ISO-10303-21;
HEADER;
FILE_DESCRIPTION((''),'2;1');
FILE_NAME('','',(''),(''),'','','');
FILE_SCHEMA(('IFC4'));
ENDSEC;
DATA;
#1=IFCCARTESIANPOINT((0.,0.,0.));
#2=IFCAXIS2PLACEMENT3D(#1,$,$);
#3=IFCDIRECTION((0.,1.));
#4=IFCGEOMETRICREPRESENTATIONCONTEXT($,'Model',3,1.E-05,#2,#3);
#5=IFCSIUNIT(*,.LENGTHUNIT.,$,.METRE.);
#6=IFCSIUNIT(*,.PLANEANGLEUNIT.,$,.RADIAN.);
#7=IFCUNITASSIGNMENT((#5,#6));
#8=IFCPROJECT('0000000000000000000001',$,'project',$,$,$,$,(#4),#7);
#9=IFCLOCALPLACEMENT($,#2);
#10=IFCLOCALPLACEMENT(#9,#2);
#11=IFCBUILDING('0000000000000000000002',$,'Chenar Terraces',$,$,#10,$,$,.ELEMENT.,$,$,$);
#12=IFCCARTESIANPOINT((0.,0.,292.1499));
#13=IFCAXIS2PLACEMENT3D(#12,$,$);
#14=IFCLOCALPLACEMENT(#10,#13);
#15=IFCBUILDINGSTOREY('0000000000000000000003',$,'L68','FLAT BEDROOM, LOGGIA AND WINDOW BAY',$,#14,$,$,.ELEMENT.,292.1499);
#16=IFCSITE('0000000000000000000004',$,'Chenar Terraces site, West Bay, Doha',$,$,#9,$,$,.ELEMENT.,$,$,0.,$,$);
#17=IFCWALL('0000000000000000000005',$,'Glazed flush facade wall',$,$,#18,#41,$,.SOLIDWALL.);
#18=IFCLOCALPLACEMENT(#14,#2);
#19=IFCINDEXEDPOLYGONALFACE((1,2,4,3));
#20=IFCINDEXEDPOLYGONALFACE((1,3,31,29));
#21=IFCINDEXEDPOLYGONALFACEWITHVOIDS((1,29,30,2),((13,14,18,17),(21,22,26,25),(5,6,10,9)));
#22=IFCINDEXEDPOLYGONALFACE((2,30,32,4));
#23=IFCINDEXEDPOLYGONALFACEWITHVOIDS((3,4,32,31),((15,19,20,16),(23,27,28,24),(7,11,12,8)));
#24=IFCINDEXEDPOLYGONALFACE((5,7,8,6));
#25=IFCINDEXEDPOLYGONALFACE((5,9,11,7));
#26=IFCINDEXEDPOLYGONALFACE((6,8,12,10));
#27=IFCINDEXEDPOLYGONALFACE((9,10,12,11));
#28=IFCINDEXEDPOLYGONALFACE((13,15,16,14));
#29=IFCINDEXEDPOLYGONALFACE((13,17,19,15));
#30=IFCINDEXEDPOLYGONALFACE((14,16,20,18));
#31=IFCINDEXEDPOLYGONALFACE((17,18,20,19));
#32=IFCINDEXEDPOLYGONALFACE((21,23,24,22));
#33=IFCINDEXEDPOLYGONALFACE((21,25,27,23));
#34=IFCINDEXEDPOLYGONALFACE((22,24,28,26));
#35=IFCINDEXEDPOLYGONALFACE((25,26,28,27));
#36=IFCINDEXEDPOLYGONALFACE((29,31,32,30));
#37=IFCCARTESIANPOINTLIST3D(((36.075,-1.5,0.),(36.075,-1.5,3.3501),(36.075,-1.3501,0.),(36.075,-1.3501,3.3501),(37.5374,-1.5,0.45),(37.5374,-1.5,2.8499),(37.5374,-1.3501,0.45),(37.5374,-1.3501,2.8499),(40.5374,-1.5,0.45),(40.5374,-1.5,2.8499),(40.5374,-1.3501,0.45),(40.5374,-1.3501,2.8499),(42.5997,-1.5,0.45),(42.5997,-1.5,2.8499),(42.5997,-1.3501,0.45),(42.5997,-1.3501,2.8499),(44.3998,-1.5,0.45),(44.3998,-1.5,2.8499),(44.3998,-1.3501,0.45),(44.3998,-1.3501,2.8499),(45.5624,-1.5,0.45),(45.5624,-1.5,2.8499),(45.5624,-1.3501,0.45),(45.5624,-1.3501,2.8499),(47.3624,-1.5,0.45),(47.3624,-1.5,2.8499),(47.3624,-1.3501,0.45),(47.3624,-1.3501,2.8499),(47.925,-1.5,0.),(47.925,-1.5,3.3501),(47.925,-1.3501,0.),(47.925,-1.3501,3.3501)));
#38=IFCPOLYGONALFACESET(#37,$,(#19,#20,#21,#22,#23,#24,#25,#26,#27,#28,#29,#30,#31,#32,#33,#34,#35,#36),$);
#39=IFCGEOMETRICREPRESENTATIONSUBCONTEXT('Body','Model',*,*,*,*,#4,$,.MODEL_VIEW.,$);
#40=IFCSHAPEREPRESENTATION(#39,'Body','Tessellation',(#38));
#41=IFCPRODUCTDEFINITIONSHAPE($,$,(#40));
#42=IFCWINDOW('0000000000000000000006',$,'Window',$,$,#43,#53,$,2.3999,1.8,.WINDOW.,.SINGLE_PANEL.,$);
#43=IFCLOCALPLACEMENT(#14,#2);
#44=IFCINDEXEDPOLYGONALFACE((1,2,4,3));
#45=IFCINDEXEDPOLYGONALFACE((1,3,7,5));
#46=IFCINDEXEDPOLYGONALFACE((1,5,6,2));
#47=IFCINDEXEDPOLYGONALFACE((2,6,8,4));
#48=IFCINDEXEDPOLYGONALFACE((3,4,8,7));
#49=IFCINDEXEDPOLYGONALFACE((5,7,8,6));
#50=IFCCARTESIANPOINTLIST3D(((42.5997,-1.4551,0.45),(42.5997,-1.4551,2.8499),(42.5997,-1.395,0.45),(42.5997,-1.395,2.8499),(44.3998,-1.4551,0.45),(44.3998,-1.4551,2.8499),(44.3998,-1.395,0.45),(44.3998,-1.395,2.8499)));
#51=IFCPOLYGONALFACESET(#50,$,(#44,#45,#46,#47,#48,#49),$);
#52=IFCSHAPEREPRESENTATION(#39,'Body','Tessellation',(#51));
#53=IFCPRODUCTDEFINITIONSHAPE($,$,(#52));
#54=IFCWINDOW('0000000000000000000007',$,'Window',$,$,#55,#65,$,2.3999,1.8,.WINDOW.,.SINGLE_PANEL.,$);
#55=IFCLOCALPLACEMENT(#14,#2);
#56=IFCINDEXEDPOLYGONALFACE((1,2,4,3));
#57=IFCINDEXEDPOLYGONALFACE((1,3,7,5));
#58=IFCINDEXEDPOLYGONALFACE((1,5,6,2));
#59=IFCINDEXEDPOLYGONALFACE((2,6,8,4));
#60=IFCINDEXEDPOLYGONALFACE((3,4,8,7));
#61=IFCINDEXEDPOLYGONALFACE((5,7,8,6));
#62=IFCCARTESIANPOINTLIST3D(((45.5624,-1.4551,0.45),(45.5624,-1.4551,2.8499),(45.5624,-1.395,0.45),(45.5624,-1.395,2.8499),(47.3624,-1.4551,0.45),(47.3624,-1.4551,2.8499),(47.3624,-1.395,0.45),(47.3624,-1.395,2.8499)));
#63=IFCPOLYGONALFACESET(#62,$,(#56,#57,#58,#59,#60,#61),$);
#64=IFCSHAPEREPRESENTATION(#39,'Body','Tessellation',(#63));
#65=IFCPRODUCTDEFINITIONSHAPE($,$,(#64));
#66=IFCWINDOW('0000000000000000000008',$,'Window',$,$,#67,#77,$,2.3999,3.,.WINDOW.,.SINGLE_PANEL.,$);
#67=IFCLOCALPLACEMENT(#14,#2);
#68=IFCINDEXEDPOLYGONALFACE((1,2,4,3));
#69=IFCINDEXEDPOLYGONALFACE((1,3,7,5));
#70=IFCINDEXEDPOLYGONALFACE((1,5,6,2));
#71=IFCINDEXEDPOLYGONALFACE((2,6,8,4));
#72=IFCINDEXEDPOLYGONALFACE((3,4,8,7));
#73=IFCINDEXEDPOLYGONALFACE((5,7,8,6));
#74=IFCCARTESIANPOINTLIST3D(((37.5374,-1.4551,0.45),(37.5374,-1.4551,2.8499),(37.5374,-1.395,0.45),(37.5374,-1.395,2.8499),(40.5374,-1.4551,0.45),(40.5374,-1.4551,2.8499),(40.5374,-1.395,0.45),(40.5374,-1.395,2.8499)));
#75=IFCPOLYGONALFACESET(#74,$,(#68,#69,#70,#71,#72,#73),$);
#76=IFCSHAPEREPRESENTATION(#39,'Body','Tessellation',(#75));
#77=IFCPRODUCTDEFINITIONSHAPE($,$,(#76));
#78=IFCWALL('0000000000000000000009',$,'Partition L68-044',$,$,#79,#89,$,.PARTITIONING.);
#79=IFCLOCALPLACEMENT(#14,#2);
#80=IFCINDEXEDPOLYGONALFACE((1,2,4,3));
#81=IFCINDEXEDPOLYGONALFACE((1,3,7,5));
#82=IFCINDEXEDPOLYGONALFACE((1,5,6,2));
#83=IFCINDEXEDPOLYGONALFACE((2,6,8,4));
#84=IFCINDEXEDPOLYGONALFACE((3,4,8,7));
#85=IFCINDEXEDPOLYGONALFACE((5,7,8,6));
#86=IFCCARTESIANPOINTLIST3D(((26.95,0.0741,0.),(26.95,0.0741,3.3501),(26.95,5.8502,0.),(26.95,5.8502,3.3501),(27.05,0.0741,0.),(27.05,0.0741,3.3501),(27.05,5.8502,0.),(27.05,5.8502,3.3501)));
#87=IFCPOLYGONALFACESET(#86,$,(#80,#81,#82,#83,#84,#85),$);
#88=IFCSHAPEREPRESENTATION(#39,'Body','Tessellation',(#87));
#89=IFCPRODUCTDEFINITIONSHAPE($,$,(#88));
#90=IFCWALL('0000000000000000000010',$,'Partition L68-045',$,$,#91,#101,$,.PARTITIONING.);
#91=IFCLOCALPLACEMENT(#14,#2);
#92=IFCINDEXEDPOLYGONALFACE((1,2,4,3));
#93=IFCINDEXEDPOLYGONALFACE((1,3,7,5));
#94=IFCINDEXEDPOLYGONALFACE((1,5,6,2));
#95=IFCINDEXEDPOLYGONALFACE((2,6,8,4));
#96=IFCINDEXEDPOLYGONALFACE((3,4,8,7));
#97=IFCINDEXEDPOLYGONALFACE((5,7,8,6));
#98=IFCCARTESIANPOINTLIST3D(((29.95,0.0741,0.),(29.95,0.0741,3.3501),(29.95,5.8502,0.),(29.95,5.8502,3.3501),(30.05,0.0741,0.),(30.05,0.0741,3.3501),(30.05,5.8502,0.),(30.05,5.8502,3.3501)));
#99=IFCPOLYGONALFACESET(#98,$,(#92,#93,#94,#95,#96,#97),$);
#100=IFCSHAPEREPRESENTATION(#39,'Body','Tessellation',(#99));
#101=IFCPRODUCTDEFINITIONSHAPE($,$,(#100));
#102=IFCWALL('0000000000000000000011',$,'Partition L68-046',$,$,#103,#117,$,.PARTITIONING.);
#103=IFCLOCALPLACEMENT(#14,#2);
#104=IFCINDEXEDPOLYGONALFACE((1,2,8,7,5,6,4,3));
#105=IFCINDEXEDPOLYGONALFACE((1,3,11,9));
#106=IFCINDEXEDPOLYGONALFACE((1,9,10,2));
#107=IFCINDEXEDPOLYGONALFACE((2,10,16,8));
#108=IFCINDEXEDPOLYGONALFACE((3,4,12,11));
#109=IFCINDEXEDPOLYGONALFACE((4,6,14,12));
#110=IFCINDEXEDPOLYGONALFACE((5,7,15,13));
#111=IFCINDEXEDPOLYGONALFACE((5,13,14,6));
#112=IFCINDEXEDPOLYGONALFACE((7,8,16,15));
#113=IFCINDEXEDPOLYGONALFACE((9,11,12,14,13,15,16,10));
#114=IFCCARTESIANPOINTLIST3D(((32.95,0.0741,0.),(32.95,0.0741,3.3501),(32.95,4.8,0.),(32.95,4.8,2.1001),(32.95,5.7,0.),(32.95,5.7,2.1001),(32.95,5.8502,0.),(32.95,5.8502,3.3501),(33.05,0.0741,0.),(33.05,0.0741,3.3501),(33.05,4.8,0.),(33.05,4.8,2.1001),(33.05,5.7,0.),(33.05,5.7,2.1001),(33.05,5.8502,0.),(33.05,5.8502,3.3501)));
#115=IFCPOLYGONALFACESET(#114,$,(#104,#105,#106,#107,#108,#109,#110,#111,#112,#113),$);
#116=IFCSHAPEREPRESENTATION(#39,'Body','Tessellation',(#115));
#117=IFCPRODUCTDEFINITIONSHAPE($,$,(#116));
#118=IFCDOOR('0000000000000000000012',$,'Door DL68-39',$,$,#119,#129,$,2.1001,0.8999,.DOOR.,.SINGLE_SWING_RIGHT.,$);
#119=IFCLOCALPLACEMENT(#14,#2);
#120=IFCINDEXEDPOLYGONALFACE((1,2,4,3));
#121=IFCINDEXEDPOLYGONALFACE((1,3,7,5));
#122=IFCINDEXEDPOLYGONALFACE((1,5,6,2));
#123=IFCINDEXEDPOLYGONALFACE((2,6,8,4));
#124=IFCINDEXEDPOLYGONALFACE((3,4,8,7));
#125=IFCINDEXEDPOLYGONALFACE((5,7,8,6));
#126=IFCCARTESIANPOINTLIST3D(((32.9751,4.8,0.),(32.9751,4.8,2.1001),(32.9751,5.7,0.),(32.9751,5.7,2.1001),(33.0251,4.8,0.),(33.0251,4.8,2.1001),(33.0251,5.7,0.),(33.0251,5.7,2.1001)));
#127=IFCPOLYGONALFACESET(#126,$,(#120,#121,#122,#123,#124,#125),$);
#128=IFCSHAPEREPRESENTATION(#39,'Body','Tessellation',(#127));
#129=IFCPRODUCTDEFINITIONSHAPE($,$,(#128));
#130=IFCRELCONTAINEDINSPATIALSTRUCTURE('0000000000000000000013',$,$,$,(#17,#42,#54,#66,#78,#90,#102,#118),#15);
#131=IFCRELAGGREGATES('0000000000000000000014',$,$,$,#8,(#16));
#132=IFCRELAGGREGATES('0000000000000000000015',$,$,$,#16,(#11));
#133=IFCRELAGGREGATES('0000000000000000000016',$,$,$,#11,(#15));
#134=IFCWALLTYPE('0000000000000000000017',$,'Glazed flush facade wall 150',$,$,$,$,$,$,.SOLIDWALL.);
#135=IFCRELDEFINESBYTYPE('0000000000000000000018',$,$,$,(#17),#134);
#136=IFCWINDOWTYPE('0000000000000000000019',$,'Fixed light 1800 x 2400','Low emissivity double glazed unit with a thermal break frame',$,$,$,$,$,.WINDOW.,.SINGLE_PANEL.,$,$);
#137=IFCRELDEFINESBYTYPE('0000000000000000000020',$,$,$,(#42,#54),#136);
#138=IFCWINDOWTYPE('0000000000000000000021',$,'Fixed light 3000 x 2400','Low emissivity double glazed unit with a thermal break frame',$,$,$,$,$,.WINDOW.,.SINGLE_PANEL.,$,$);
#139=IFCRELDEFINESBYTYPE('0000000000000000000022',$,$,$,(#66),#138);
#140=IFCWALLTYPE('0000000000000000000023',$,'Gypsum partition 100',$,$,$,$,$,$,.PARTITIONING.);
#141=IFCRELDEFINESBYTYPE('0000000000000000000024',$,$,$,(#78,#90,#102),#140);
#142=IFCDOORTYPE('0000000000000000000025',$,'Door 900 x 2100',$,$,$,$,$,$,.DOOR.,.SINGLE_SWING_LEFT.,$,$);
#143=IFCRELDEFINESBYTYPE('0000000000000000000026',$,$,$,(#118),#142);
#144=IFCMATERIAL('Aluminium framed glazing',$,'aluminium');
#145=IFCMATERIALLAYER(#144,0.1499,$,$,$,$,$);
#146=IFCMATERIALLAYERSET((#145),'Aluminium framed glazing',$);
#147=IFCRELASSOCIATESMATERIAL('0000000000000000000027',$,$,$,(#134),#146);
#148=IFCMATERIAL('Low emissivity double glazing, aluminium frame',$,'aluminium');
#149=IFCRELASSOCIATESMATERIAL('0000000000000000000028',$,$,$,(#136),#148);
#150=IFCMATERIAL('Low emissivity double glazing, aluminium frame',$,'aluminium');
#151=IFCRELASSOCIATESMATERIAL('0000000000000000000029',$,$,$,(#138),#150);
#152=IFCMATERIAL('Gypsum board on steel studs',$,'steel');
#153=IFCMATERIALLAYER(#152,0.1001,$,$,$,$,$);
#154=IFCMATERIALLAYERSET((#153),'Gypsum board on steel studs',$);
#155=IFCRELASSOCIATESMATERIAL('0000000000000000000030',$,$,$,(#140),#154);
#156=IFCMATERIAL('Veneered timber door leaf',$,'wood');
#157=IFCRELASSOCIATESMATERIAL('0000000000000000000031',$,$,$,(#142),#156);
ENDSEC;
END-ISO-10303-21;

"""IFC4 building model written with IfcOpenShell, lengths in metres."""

from ifc_helpers import new_model, si_unit, direction, frame, frame_2d, origin, place, context, subcontext, project, spatial, rectangle, extrude, material, layer, layer_set, type_object, element, fill, save


model = new_model("IFC4")

# Units and contexts
model_context = context("Model", 3, precision=1e-05, world=origin(), true_north=direction((0.0, 1.0)))
body_context = subcontext(model_context, "Body", "Model", "MODEL_VIEW")
ifc_project = project(units=[si_unit("LENGTHUNIT", "METRE"), si_unit("PLANEANGLEUNIT", "RADIAN")], contexts=[model_context])

# Site, building, storey
site_placement = place(None, origin())
site = spatial("IfcSite", under=ifc_project, at=site_placement, Name="Chenar Terraces site, West Bay, Doha", CompositionType="ELEMENT", RefElevation=0.0)
building_placement = place(site_placement, origin())
building = spatial("IfcBuilding", under=site, at=building_placement, Name="Chenar Terraces", CompositionType="ELEMENT")
storey_placement = place(building_placement, frame((0.0, 0.0, 292.1499)))
storey = spatial("IfcBuildingStorey", under=building, at=storey_placement, Name="L68", Description="FLAT BEDROOM, LOGGIA AND WINDOW BAY", CompositionType="ELEMENT", Elevation=292.1499)

# Wall, openings, windows
ifc_material_1 = material(Name="Aluminium framed glazing", Category="aluminium")
ifc_layer_1 = layer(ifc_material_1, 0.1499)
ifc_layer_set_1 = layer_set([ifc_layer_1], Name="Aluminium framed glazing")
wall_type_1 = type_object("IfcWallType", Name="Glazed flush facade wall 150", PredefinedType="SOLIDWALL", material=ifc_layer_set_1)
wall_1_placement = place(storey_placement, frame((36.075, -1.425, 0.0), z_axis=(0.0, 0.0, 1.0), x_axis=(1.0, 0.0, 0.0)))
wall_1 = element("IfcWall", 1, at=wall_1_placement, inside=storey, type_object=wall_type_1, Name="Glazed flush facade wall", PredefinedType="SOLIDWALL", context=body_context, shape_type="SweptSolid", body=[
    extrude(rectangle(XDim=11.8501, YDim=0.1499, at=frame_2d((5.925, 0.0))), origin(), (0.0, 0.0, 1.0), 3.3501),
])
opening_1_placement = place(wall_1_placement, frame((1.4624, 0.0, 0.45)))
opening_1 = element("IfcOpeningElement", 2, at=opening_1_placement, cuts=wall_1, PredefinedType="OPENING", context=body_context, shape_type="SweptSolid", body=[
    extrude(rectangle(XDim=3.0, YDim=2.3999, at=frame_2d((1.5, 1.2))), frame((0.0, 0.085, 0.0), z_axis=(0.0, -1.0, 0.0), x_axis=(1.0, 0.0, 0.0)), (0.0, 0.0, 1.0), 0.1699),
])
opening_2_placement = place(wall_1_placement, frame((6.5249, 0.0, 0.45)))
opening_2 = element("IfcOpeningElement", 3, at=opening_2_placement, cuts=wall_1, PredefinedType="OPENING", context=body_context, shape_type="SweptSolid", body=[
    extrude(rectangle(XDim=1.8, YDim=2.3999, at=frame_2d((0.8999, 1.2))), frame((0.0, 0.085, 0.0), z_axis=(0.0, -1.0, 0.0), x_axis=(1.0, 0.0, 0.0)), (0.0, 0.0, 1.0), 0.1699),
])
opening_3_placement = place(wall_1_placement, frame((9.4875, 0.0, 0.45)))
opening_3 = element("IfcOpeningElement", 4, at=opening_3_placement, cuts=wall_1, PredefinedType="OPENING", context=body_context, shape_type="SweptSolid", body=[
    extrude(rectangle(XDim=1.8, YDim=2.3999, at=frame_2d((0.8999, 1.2))), frame((0.0, 0.085, 0.0), z_axis=(0.0, -1.0, 0.0), x_axis=(1.0, 0.0, 0.0)), (0.0, 0.0, 1.0), 0.1699),
])
ifc_material_2 = material(Name="Low emissivity double glazing, aluminium frame", Category="aluminium")
window_type_1 = type_object("IfcWindowType", Name="Fixed light 1800 x 2400", Description="Low emissivity double glazed unit with a thermal break frame", PartitioningType="SINGLE_PANEL", PredefinedType="WINDOW", material=ifc_material_2)
window_1_placement = place(opening_2_placement, origin())
window_1 = element("IfcWindow", 5, at=window_1_placement, inside=storey, type_object=window_type_1, Name="Window", OverallHeight=2.3999, OverallWidth=1.8, PartitioningType="SINGLE_PANEL", PredefinedType="WINDOW", context=body_context, shape_type="SweptSolid", body=[
    extrude(rectangle(XDim=1.8, YDim=2.3999, at=frame_2d((0.8999, 1.2))), frame((0.0, 0.03, 0.0), z_axis=(0.0, -1.0, 0.0), x_axis=(1.0, 0.0, 0.0)), (0.0, 0.0, 1.0), 0.0601),
])
fill(opening_2, window_1)
window_2_placement = place(opening_3_placement, origin())
window_2 = element("IfcWindow", 6, at=window_2_placement, inside=storey, type_object=window_type_1, Name="Window", OverallHeight=2.3999, OverallWidth=1.8, PartitioningType="SINGLE_PANEL", PredefinedType="WINDOW", context=body_context, shape_type="SweptSolid", body=[
    extrude(rectangle(XDim=1.8, YDim=2.3999, at=frame_2d((0.8999, 1.2))), frame((0.0, 0.03, 0.0), z_axis=(0.0, -1.0, 0.0), x_axis=(1.0, 0.0, 0.0)), (0.0, 0.0, 1.0), 0.0601),
])
fill(opening_3, window_2)
ifc_material_3 = material(Name="Low emissivity double glazing, aluminium frame", Category="aluminium")
window_type_2 = type_object("IfcWindowType", Name="Fixed light 3000 x 2400", Description="Low emissivity double glazed unit with a thermal break frame", PartitioningType="SINGLE_PANEL", PredefinedType="WINDOW", material=ifc_material_3)
window_3_placement = place(opening_1_placement, origin())
window_3 = element("IfcWindow", 7, at=window_3_placement, inside=storey, type_object=window_type_2, Name="Window", OverallHeight=2.3999, OverallWidth=3.0, PartitioningType="SINGLE_PANEL", PredefinedType="WINDOW", context=body_context, shape_type="SweptSolid", body=[
    extrude(rectangle(XDim=3.0, YDim=2.3999, at=frame_2d((1.5, 1.2))), frame((0.0, 0.03, 0.0), z_axis=(0.0, -1.0, 0.0), x_axis=(1.0, 0.0, 0.0)), (0.0, 0.0, 1.0), 0.0601),
])
fill(opening_1, window_3)

# Walls
ifc_material_4 = material(Name="Gypsum board on steel studs", Category="steel")
ifc_layer_2 = layer(ifc_material_4, 0.1001)
ifc_layer_set_2 = layer_set([ifc_layer_2], Name="Gypsum board on steel studs")
wall_type_2 = type_object("IfcWallType", Name="Gypsum partition 100", PredefinedType="PARTITIONING", material=ifc_layer_set_2)
for number, where, z_axis, x_axis, name in (
    (8, (27.0, 0.074, 0.0), (0.0, 0.0, 1.0), (0.0, 1.0, 0.0), "Partition L68-044"),
    (9, (30.0, 0.074, 0.0), (0.0, 0.0, 1.0), (0.0, 1.0, 0.0), "Partition L68-045"),
):
    element("IfcWall", number, at=place(storey_placement, frame(where, z_axis=z_axis, x_axis=x_axis)), inside=storey, type_object=wall_type_2, Name=name, PredefinedType="PARTITIONING", context=body_context, shape_type="SweptSolid", body=[
        extrude(rectangle(XDim=5.7761, YDim=0.1001, at=frame_2d((2.8882, 0.0))), origin(), (0.0, 0.0, 1.0), 3.3501),
    ])

# Wall, opening, door
wall_2_placement = place(storey_placement, frame((33.0, 0.074, 0.0), z_axis=(0.0, 0.0, 1.0), x_axis=(0.0, 1.0, 0.0)))
wall_2 = element("IfcWall", 10, at=wall_2_placement, inside=storey, type_object=wall_type_2, Name="Partition L68-046", PredefinedType="PARTITIONING", context=body_context, shape_type="SweptSolid", body=[
    extrude(rectangle(XDim=5.7761, YDim=0.1001, at=frame_2d((2.8882, 0.0))), origin(), (0.0, 0.0, 1.0), 3.3501),
])
opening_4_placement = place(wall_2_placement, frame((4.7261, 0.0, 0.0)))
opening_4 = element("IfcOpeningElement", 11, at=opening_4_placement, cuts=wall_2, PredefinedType="OPENING", context=body_context, shape_type="SweptSolid", body=[
    extrude(rectangle(XDim=0.8999, YDim=2.1001, at=frame_2d((0.45, 1.05))), frame((0.0, 0.0601, 0.0), z_axis=(0.0, -1.0, 0.0), x_axis=(1.0, 0.0, 0.0)), (0.0, 0.0, 1.0), 0.1201),
])
ifc_material_5 = material(Name="Veneered timber door leaf", Category="wood")
door_type_1 = type_object("IfcDoorType", Name="Door 900 x 2100", OperationType="SINGLE_SWING_LEFT", PredefinedType="DOOR", material=ifc_material_5)
door_1_placement = place(opening_4_placement, origin())
door_1 = element("IfcDoor", 12, at=door_1_placement, inside=storey, type_object=door_type_1, Name="Door DL68-39", OperationType="SINGLE_SWING_RIGHT", OverallHeight=2.1001, OverallWidth=0.8999, PredefinedType="DOOR", context=body_context, shape_type="SweptSolid", body=[
    extrude(rectangle(XDim=0.8999, YDim=2.1001, at=frame_2d((0.45, 1.05))), frame((0.0, 0.0249, 0.0), z_axis=(0.0, -1.0, 0.0), x_axis=(1.0, 0.0, 0.0)), (0.0, 0.0, 1.0), 0.05),
])
fill(opening_4, door_1)

save(model, "model.ifc")
